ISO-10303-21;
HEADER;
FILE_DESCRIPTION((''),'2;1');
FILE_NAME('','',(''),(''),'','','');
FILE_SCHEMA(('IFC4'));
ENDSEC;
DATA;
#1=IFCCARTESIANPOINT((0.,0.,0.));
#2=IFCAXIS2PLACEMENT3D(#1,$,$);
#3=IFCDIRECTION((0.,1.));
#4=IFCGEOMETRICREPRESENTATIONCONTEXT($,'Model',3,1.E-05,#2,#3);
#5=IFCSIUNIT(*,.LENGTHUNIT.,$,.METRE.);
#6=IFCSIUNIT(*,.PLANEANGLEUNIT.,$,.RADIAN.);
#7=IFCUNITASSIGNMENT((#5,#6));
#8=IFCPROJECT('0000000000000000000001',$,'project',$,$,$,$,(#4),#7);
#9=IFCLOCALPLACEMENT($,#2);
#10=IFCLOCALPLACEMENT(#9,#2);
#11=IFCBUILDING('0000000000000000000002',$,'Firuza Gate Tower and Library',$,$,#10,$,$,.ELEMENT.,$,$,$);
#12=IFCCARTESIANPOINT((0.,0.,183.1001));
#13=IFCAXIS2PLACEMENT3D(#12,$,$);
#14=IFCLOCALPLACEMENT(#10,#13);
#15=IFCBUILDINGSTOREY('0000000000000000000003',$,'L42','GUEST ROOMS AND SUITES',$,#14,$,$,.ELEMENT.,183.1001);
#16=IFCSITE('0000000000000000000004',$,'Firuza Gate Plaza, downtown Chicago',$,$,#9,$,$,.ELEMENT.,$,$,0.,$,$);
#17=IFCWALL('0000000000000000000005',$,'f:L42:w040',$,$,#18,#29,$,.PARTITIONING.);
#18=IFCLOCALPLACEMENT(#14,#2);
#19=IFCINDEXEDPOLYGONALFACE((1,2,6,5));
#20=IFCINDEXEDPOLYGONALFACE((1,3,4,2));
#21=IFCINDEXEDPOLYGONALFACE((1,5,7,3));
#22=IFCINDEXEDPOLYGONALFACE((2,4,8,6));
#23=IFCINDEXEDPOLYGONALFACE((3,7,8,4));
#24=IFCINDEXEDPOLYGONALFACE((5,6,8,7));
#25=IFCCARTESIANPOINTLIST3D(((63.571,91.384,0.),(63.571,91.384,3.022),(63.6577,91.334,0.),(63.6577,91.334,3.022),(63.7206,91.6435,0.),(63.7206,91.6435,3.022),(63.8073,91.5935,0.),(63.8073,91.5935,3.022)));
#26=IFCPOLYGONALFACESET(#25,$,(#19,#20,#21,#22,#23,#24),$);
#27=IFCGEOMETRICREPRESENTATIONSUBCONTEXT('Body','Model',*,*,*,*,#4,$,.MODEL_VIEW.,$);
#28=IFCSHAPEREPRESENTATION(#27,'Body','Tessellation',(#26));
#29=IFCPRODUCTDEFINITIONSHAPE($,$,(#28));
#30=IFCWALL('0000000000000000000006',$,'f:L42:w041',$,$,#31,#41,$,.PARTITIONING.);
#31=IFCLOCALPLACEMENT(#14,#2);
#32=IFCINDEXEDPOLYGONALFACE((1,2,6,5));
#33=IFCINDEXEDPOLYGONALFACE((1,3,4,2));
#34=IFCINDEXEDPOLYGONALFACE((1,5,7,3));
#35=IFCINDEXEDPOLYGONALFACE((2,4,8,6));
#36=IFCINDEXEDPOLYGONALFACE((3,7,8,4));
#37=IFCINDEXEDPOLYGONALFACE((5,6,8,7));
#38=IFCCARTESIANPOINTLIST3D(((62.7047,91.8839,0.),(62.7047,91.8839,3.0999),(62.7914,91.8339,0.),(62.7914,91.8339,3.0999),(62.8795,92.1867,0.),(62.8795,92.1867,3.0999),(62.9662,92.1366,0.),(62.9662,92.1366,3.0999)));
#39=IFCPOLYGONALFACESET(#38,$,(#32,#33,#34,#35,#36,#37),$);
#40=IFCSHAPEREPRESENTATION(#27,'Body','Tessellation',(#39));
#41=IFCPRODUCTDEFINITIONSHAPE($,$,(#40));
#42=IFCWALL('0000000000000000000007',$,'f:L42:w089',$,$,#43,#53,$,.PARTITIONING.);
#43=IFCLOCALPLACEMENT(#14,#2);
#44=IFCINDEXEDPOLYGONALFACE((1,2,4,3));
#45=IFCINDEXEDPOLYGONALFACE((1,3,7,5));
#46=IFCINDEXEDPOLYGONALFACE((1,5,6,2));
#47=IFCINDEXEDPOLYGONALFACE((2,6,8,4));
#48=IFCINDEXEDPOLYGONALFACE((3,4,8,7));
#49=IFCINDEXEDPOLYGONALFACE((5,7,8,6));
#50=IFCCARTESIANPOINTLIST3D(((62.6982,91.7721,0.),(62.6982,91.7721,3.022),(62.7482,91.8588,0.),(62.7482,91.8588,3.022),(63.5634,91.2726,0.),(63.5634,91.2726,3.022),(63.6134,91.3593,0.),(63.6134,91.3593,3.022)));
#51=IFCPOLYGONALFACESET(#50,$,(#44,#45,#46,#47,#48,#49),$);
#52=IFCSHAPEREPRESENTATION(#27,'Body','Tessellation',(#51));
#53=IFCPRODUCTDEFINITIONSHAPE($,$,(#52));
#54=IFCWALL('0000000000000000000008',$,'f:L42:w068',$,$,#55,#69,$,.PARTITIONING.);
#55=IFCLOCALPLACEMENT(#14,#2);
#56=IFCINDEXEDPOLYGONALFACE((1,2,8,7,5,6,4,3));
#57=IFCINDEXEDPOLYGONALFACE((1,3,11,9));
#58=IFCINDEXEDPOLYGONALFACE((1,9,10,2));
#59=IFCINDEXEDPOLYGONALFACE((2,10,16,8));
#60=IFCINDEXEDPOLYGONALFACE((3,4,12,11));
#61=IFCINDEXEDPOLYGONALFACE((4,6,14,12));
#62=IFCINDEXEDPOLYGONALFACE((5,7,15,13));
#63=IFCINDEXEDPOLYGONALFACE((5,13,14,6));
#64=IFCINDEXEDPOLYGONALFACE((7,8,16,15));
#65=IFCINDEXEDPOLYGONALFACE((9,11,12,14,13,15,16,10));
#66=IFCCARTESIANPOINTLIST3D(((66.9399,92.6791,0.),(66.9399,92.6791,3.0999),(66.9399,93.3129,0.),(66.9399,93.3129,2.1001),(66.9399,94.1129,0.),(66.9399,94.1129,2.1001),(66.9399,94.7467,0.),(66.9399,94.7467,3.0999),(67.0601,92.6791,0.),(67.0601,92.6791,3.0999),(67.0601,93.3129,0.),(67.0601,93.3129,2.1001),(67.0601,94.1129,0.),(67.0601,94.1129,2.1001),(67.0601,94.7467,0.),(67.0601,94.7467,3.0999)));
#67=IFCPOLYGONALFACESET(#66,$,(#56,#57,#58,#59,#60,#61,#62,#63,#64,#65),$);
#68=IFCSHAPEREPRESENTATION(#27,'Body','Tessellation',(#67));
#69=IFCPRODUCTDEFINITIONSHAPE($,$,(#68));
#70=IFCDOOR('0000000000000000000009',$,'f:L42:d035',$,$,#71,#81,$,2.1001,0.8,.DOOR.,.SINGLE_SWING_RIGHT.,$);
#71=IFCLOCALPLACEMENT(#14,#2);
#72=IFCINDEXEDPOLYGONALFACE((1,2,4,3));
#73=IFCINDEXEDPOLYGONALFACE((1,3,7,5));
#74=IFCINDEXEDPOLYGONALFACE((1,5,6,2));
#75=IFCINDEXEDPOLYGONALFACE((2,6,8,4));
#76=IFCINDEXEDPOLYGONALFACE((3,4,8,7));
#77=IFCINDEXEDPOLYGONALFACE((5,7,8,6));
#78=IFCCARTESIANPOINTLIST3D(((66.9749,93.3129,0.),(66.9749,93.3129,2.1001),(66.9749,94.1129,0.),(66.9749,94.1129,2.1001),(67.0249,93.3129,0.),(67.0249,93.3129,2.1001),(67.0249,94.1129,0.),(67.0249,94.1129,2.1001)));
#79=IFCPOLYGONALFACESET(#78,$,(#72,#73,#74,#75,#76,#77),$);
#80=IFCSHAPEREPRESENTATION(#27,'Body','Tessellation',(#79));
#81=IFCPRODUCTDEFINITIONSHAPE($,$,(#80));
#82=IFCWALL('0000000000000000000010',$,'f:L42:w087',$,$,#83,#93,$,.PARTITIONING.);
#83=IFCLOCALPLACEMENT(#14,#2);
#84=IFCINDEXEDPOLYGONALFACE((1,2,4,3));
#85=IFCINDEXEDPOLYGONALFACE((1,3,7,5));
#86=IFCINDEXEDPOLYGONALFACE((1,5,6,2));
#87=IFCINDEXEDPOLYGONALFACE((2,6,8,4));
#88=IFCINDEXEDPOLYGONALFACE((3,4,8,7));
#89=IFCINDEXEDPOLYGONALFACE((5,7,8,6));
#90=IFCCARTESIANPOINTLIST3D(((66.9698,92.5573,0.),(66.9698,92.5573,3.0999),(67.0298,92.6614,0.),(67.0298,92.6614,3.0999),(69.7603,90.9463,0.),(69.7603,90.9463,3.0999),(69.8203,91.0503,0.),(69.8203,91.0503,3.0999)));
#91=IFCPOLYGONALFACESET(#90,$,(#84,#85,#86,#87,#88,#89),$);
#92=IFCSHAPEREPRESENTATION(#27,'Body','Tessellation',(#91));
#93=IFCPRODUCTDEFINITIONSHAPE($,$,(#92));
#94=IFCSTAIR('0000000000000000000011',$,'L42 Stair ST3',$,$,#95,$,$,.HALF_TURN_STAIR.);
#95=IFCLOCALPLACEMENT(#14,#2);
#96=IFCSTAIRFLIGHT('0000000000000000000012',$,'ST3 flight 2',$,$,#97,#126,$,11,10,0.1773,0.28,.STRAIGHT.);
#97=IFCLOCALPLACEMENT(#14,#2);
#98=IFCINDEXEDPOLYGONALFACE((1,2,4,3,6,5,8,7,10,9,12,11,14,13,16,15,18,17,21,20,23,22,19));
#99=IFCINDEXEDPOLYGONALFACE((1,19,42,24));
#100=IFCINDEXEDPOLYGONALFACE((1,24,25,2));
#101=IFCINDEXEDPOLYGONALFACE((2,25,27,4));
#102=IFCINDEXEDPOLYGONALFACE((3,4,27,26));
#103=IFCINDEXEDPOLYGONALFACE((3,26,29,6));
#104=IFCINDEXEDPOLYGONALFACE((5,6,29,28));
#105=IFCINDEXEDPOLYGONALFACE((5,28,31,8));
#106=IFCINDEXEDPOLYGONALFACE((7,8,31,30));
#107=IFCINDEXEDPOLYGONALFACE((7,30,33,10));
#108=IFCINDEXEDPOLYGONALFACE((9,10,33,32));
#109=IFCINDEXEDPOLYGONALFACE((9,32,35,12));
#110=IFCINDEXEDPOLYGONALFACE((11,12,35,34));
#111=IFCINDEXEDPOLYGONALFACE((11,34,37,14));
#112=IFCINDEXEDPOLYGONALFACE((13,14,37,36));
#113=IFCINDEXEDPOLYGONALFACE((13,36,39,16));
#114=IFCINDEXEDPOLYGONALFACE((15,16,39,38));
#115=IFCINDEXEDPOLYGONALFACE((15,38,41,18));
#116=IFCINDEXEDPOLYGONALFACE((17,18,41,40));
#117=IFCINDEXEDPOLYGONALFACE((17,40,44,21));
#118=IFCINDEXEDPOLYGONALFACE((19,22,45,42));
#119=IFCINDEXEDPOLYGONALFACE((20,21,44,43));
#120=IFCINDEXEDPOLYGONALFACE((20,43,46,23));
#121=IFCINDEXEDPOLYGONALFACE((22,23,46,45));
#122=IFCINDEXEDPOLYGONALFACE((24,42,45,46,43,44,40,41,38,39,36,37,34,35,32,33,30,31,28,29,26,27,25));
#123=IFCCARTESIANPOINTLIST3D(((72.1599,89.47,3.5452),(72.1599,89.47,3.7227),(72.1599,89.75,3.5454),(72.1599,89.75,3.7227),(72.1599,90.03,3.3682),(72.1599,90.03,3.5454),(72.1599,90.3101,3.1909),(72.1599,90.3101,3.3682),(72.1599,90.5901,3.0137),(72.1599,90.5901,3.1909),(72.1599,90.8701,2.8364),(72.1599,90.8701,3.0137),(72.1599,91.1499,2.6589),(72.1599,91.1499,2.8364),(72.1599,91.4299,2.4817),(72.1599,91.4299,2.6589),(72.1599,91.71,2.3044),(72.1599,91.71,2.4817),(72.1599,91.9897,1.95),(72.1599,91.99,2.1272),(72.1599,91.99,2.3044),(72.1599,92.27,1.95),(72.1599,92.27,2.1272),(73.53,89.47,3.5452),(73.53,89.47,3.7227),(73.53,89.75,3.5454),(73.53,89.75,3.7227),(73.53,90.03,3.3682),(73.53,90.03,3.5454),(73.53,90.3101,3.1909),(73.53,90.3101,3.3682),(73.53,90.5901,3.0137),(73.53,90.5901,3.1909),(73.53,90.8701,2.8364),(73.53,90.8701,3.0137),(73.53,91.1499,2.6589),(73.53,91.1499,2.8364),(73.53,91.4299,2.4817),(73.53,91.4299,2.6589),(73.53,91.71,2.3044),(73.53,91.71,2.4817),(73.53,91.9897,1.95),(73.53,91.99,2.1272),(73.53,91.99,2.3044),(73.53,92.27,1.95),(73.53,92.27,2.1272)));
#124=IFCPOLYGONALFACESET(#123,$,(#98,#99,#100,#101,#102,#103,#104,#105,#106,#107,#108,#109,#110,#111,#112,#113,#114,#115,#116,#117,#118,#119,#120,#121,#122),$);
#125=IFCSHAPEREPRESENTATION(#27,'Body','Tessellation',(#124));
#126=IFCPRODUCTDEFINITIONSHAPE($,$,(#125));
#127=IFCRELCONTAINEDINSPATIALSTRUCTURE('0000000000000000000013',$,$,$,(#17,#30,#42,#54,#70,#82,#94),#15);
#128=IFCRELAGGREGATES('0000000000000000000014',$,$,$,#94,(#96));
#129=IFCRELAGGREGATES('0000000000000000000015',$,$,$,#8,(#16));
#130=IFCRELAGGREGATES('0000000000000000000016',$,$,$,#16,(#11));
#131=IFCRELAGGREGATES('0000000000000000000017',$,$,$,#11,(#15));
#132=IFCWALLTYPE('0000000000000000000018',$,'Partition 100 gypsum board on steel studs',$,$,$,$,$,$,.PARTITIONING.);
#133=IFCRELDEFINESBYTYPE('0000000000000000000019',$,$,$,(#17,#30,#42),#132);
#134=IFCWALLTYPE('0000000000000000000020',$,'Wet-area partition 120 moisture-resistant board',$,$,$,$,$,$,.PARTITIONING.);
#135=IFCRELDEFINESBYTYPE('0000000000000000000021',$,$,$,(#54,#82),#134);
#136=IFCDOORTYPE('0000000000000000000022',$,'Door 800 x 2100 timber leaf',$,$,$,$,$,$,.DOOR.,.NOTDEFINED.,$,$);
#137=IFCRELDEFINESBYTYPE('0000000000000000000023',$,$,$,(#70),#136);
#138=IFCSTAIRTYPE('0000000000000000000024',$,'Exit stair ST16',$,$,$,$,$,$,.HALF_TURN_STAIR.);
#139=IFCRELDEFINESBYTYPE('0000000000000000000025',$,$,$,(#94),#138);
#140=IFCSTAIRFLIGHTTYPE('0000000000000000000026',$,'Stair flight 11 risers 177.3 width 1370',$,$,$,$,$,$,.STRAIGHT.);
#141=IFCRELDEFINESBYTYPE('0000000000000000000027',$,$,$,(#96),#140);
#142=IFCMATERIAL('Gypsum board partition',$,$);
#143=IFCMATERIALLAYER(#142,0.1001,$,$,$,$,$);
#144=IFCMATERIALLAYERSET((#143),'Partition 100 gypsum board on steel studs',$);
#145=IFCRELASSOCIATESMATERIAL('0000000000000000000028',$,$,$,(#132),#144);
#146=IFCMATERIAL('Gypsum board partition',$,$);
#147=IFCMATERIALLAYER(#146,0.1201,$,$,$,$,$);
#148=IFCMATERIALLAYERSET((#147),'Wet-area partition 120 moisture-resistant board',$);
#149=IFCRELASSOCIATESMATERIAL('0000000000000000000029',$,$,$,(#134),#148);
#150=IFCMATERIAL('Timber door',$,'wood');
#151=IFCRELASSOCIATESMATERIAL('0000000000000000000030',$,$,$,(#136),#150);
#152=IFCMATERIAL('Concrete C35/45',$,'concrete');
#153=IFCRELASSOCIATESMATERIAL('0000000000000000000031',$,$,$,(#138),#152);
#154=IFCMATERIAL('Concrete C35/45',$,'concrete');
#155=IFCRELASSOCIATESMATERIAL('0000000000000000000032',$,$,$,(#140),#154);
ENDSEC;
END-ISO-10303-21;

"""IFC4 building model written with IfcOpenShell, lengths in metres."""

from ifc_helpers import new_model, si_unit, direction, frame, frame_2d, origin, place, context, subcontext, project, spatial, polyline, rectangle, outline, extrude, material, layer, layer_set, type_object, element, fill, aggregate, save


model = new_model("IFC4")

# Units and contexts
model_context = context("Model", 3, precision=1e-05, world=origin(), true_north=direction((0.0, 1.0)))
body_context = subcontext(model_context, "Body", "Model", "MODEL_VIEW")
ifc_project = project(units=[si_unit("LENGTHUNIT", "METRE"), si_unit("PLANEANGLEUNIT", "RADIAN")], contexts=[model_context])

# Site, building, storey
site_placement = place(None, origin())
site = spatial("IfcSite", under=ifc_project, at=site_placement, Name="Firuza Gate Plaza, downtown Chicago", CompositionType="ELEMENT", RefElevation=0.0)
building_placement = place(site_placement, origin())
building = spatial("IfcBuilding", under=site, at=building_placement, Name="Firuza Gate Tower and Library", CompositionType="ELEMENT")
storey_placement = place(building_placement, frame((0.0, 0.0, 183.1001)))
storey = spatial("IfcBuildingStorey", under=building, at=storey_placement, Name="L42", Description="GUEST ROOMS AND SUITES", CompositionType="ELEMENT", Elevation=183.1001)

# Walls
ifc_material_1 = material(Name="Gypsum board partition")
ifc_layer_1 = layer(ifc_material_1, 0.1001)
ifc_layer_set_1 = layer_set([ifc_layer_1], Name="Partition 100 gypsum board on steel studs")
wall_type_1 = type_object("IfcWallType", Name="Partition 100 gypsum board on steel studs", PredefinedType="PARTITIONING", material=ifc_layer_set_1)
wall_1_placement = place(storey_placement, frame((63.6143, 91.3589, 0.0), z_axis=(0.0, 0.0, 1.0), x_axis=(0.499558, 0.866281, 0.0)))
element("IfcWall", 1, at=wall_1_placement, inside=storey, type_object=wall_type_1, Name="f:L42:w040", PredefinedType="PARTITIONING", context=body_context, shape_type="SweptSolid", body=[
    extrude(rectangle(XDim=0.2996, YDim=0.1001, at=frame_2d((0.1499, 0.0))), origin(), (0.0, 0.0, 1.0), 3.022),
])
wall_2_placement = place(storey_placement, frame((62.748, 91.8589, 0.0), z_axis=(0.0, 0.0, 1.0), x_axis=(0.500045, 0.865999, 0.0)))
element("IfcWall", 2, at=wall_2_placement, inside=storey, type_object=wall_type_1, Name="f:L42:w041", PredefinedType="PARTITIONING", context=body_context, shape_type="SweptSolid", body=[
    extrude(rectangle(XDim=0.3496, YDim=0.1001, at=frame_2d((0.1748, 0.0))), origin(), (0.0, 0.0, 1.0), 3.0999),
])
wall_3_placement = place(storey_placement, frame((63.5884, 91.3159, 0.0), z_axis=(0.0, 0.0, 1.0), x_axis=(-0.866039, 0.499976, 0.0)))
element("IfcWall", 3, at=wall_3_placement, inside=storey, type_object=wall_type_1, Name="f:L42:w089", PredefinedType="PARTITIONING", context=body_context, shape_type="SweptSolid", body=[
    extrude(rectangle(XDim=0.999, YDim=0.1001, at=frame_2d((0.4995, 0.0))), origin(), (0.0, 0.0, 1.0), 3.022),
])

# Wall, opening, door
ifc_material_2 = material(Name="Gypsum board partition")
ifc_layer_2 = layer(ifc_material_2, 0.1201)
ifc_layer_set_2 = layer_set([ifc_layer_2], Name="Wet-area partition 120 moisture-resistant board")
wall_type_2 = type_object("IfcWallType", Name="Wet-area partition 120 moisture-resistant board", PredefinedType="PARTITIONING", material=ifc_layer_set_2)
wall_4_placement = place(storey_placement, frame((67.0, 94.7466, 0.0), z_axis=(0.0, 0.0, 1.0), x_axis=(0.0, -1.0, 0.0)))
wall_4 = element("IfcWall", 4, at=wall_4_placement, inside=storey, type_object=wall_type_2, Name="f:L42:w068", PredefinedType="PARTITIONING", context=body_context, shape_type="SweptSolid", body=[
    extrude(rectangle(XDim=2.0676, YDim=0.1201, at=frame_2d((1.0337, 0.0))), origin(), (0.0, 0.0, 1.0), 3.0999),
])
opening_1_placement = place(wall_4_placement, frame((0.6338, 0.0, 0.0)))
opening_1 = element("IfcOpeningElement", 5, at=opening_1_placement, cuts=wall_4, PredefinedType="OPENING", context=body_context, shape_type="SweptSolid", body=[
    extrude(rectangle(XDim=0.8, YDim=2.1001, at=frame_2d((0.3999, 1.05))), frame((0.0, 0.0701, 0.0), z_axis=(0.0, -1.0, 0.0), x_axis=(1.0, 0.0, 0.0)), (0.0, 0.0, 1.0), 0.1401),
])
ifc_material_3 = material(Name="Timber door", Category="wood")
door_type_1 = type_object("IfcDoorType", Name="Door 800 x 2100 timber leaf", OperationType="NOTDEFINED", PredefinedType="DOOR", material=ifc_material_3)
door_1_placement = place(opening_1_placement, origin())
door_1 = element("IfcDoor", 6, at=door_1_placement, inside=storey, type_object=door_type_1, Name="f:L42:d035", OperationType="SINGLE_SWING_RIGHT", OverallHeight=2.1001, OverallWidth=0.8, PredefinedType="DOOR", context=body_context, shape_type="SweptSolid", body=[
    extrude(rectangle(XDim=0.8, YDim=2.1001, at=frame_2d((0.3999, 1.05))), frame((0.0, 0.0249, 0.0), z_axis=(0.0, -1.0, 0.0), x_axis=(1.0, 0.0, 0.0)), (0.0, 0.0, 1.0), 0.05),
])
fill(opening_1, door_1)

# Wall
wall_5_placement = place(storey_placement, frame((69.7903, 90.9983, 0.0), z_axis=(0.0, 0.0, 1.0), x_axis=(-0.866029, 0.499994, 0.0)))
element("IfcWall", 7, at=wall_5_placement, inside=storey, type_object=wall_type_2, Name="f:L42:w087", PredefinedType="PARTITIONING", context=body_context, shape_type="SweptSolid", body=[
    extrude(rectangle(XDim=3.2222, YDim=0.1201, at=frame_2d((1.6111, 0.0))), origin(), (0.0, 0.0, 1.0), 3.0999),
])

# Stair, stair flight
ifc_material_4 = material(Name="Concrete C35/45", Category="concrete")
stair_type = type_object("IfcStairType", Name="Exit stair ST16", PredefinedType="HALF_TURN_STAIR", material=ifc_material_4)
stair_placement = place(storey_placement, origin())
stair = element("IfcStair", 8, at=stair_placement, inside=storey, type_object=stair_type, Name="L42 Stair ST3", PredefinedType="HALF_TURN_STAIR")
ifc_material_5 = material(Name="Concrete C35/45", Category="concrete")
stair_flight_type = type_object("IfcStairFlightType", Name="Stair flight 11 risers 177.3 width 1370", PredefinedType="STRAIGHT", material=ifc_material_5)
stair_flight_placement = place(storey_placement, frame((72.845, 92.27, 1.95), z_axis=(0.0, 0.0, 1.0), x_axis=(0.0, -1.0, 0.0)))
stair_flight = element("IfcStairFlight", 9, at=stair_flight_placement, type_object=stair_flight_type, Name="ST3 flight 2", NumberOfRisers=11, NumberOfTreads=10, PredefinedType="STRAIGHT", RiserHeight=0.1773, TreadLength=0.28, context=body_context, shape_type="SweptSolid", body=[
    extrude(outline(polyline([(0.0, 0.0), (0.0, 0.1772), (0.28, 0.1772), (0.28, 0.3545), (0.5601, 0.3545), (0.5601, 0.5317), (0.8401, 0.5317), (0.8401, 0.709), (1.1201, 0.709), (1.1201, 0.8865), (1.3999, 0.8865), (1.3999, 1.0637), (1.6799, 1.0637), (1.6799, 1.241), (1.96, 1.241), (1.96, 1.4182), (2.24, 1.4182), (2.24, 1.5955), (2.52, 1.5955), (2.52, 1.7727), (2.8, 1.7727), (2.8, 1.95), (2.8, 1.5952), (0.2803, 0.0), (0.0, 0.0)])), frame((0.0, 0.6851, 0.0), z_axis=(0.0, -1.0, 0.0), x_axis=(1.0, 0.0, 0.0)), (0.0, 0.0, 1.0), 1.3701),
])
aggregate(stair, [stair_flight])

save(model, "model.ifc")
